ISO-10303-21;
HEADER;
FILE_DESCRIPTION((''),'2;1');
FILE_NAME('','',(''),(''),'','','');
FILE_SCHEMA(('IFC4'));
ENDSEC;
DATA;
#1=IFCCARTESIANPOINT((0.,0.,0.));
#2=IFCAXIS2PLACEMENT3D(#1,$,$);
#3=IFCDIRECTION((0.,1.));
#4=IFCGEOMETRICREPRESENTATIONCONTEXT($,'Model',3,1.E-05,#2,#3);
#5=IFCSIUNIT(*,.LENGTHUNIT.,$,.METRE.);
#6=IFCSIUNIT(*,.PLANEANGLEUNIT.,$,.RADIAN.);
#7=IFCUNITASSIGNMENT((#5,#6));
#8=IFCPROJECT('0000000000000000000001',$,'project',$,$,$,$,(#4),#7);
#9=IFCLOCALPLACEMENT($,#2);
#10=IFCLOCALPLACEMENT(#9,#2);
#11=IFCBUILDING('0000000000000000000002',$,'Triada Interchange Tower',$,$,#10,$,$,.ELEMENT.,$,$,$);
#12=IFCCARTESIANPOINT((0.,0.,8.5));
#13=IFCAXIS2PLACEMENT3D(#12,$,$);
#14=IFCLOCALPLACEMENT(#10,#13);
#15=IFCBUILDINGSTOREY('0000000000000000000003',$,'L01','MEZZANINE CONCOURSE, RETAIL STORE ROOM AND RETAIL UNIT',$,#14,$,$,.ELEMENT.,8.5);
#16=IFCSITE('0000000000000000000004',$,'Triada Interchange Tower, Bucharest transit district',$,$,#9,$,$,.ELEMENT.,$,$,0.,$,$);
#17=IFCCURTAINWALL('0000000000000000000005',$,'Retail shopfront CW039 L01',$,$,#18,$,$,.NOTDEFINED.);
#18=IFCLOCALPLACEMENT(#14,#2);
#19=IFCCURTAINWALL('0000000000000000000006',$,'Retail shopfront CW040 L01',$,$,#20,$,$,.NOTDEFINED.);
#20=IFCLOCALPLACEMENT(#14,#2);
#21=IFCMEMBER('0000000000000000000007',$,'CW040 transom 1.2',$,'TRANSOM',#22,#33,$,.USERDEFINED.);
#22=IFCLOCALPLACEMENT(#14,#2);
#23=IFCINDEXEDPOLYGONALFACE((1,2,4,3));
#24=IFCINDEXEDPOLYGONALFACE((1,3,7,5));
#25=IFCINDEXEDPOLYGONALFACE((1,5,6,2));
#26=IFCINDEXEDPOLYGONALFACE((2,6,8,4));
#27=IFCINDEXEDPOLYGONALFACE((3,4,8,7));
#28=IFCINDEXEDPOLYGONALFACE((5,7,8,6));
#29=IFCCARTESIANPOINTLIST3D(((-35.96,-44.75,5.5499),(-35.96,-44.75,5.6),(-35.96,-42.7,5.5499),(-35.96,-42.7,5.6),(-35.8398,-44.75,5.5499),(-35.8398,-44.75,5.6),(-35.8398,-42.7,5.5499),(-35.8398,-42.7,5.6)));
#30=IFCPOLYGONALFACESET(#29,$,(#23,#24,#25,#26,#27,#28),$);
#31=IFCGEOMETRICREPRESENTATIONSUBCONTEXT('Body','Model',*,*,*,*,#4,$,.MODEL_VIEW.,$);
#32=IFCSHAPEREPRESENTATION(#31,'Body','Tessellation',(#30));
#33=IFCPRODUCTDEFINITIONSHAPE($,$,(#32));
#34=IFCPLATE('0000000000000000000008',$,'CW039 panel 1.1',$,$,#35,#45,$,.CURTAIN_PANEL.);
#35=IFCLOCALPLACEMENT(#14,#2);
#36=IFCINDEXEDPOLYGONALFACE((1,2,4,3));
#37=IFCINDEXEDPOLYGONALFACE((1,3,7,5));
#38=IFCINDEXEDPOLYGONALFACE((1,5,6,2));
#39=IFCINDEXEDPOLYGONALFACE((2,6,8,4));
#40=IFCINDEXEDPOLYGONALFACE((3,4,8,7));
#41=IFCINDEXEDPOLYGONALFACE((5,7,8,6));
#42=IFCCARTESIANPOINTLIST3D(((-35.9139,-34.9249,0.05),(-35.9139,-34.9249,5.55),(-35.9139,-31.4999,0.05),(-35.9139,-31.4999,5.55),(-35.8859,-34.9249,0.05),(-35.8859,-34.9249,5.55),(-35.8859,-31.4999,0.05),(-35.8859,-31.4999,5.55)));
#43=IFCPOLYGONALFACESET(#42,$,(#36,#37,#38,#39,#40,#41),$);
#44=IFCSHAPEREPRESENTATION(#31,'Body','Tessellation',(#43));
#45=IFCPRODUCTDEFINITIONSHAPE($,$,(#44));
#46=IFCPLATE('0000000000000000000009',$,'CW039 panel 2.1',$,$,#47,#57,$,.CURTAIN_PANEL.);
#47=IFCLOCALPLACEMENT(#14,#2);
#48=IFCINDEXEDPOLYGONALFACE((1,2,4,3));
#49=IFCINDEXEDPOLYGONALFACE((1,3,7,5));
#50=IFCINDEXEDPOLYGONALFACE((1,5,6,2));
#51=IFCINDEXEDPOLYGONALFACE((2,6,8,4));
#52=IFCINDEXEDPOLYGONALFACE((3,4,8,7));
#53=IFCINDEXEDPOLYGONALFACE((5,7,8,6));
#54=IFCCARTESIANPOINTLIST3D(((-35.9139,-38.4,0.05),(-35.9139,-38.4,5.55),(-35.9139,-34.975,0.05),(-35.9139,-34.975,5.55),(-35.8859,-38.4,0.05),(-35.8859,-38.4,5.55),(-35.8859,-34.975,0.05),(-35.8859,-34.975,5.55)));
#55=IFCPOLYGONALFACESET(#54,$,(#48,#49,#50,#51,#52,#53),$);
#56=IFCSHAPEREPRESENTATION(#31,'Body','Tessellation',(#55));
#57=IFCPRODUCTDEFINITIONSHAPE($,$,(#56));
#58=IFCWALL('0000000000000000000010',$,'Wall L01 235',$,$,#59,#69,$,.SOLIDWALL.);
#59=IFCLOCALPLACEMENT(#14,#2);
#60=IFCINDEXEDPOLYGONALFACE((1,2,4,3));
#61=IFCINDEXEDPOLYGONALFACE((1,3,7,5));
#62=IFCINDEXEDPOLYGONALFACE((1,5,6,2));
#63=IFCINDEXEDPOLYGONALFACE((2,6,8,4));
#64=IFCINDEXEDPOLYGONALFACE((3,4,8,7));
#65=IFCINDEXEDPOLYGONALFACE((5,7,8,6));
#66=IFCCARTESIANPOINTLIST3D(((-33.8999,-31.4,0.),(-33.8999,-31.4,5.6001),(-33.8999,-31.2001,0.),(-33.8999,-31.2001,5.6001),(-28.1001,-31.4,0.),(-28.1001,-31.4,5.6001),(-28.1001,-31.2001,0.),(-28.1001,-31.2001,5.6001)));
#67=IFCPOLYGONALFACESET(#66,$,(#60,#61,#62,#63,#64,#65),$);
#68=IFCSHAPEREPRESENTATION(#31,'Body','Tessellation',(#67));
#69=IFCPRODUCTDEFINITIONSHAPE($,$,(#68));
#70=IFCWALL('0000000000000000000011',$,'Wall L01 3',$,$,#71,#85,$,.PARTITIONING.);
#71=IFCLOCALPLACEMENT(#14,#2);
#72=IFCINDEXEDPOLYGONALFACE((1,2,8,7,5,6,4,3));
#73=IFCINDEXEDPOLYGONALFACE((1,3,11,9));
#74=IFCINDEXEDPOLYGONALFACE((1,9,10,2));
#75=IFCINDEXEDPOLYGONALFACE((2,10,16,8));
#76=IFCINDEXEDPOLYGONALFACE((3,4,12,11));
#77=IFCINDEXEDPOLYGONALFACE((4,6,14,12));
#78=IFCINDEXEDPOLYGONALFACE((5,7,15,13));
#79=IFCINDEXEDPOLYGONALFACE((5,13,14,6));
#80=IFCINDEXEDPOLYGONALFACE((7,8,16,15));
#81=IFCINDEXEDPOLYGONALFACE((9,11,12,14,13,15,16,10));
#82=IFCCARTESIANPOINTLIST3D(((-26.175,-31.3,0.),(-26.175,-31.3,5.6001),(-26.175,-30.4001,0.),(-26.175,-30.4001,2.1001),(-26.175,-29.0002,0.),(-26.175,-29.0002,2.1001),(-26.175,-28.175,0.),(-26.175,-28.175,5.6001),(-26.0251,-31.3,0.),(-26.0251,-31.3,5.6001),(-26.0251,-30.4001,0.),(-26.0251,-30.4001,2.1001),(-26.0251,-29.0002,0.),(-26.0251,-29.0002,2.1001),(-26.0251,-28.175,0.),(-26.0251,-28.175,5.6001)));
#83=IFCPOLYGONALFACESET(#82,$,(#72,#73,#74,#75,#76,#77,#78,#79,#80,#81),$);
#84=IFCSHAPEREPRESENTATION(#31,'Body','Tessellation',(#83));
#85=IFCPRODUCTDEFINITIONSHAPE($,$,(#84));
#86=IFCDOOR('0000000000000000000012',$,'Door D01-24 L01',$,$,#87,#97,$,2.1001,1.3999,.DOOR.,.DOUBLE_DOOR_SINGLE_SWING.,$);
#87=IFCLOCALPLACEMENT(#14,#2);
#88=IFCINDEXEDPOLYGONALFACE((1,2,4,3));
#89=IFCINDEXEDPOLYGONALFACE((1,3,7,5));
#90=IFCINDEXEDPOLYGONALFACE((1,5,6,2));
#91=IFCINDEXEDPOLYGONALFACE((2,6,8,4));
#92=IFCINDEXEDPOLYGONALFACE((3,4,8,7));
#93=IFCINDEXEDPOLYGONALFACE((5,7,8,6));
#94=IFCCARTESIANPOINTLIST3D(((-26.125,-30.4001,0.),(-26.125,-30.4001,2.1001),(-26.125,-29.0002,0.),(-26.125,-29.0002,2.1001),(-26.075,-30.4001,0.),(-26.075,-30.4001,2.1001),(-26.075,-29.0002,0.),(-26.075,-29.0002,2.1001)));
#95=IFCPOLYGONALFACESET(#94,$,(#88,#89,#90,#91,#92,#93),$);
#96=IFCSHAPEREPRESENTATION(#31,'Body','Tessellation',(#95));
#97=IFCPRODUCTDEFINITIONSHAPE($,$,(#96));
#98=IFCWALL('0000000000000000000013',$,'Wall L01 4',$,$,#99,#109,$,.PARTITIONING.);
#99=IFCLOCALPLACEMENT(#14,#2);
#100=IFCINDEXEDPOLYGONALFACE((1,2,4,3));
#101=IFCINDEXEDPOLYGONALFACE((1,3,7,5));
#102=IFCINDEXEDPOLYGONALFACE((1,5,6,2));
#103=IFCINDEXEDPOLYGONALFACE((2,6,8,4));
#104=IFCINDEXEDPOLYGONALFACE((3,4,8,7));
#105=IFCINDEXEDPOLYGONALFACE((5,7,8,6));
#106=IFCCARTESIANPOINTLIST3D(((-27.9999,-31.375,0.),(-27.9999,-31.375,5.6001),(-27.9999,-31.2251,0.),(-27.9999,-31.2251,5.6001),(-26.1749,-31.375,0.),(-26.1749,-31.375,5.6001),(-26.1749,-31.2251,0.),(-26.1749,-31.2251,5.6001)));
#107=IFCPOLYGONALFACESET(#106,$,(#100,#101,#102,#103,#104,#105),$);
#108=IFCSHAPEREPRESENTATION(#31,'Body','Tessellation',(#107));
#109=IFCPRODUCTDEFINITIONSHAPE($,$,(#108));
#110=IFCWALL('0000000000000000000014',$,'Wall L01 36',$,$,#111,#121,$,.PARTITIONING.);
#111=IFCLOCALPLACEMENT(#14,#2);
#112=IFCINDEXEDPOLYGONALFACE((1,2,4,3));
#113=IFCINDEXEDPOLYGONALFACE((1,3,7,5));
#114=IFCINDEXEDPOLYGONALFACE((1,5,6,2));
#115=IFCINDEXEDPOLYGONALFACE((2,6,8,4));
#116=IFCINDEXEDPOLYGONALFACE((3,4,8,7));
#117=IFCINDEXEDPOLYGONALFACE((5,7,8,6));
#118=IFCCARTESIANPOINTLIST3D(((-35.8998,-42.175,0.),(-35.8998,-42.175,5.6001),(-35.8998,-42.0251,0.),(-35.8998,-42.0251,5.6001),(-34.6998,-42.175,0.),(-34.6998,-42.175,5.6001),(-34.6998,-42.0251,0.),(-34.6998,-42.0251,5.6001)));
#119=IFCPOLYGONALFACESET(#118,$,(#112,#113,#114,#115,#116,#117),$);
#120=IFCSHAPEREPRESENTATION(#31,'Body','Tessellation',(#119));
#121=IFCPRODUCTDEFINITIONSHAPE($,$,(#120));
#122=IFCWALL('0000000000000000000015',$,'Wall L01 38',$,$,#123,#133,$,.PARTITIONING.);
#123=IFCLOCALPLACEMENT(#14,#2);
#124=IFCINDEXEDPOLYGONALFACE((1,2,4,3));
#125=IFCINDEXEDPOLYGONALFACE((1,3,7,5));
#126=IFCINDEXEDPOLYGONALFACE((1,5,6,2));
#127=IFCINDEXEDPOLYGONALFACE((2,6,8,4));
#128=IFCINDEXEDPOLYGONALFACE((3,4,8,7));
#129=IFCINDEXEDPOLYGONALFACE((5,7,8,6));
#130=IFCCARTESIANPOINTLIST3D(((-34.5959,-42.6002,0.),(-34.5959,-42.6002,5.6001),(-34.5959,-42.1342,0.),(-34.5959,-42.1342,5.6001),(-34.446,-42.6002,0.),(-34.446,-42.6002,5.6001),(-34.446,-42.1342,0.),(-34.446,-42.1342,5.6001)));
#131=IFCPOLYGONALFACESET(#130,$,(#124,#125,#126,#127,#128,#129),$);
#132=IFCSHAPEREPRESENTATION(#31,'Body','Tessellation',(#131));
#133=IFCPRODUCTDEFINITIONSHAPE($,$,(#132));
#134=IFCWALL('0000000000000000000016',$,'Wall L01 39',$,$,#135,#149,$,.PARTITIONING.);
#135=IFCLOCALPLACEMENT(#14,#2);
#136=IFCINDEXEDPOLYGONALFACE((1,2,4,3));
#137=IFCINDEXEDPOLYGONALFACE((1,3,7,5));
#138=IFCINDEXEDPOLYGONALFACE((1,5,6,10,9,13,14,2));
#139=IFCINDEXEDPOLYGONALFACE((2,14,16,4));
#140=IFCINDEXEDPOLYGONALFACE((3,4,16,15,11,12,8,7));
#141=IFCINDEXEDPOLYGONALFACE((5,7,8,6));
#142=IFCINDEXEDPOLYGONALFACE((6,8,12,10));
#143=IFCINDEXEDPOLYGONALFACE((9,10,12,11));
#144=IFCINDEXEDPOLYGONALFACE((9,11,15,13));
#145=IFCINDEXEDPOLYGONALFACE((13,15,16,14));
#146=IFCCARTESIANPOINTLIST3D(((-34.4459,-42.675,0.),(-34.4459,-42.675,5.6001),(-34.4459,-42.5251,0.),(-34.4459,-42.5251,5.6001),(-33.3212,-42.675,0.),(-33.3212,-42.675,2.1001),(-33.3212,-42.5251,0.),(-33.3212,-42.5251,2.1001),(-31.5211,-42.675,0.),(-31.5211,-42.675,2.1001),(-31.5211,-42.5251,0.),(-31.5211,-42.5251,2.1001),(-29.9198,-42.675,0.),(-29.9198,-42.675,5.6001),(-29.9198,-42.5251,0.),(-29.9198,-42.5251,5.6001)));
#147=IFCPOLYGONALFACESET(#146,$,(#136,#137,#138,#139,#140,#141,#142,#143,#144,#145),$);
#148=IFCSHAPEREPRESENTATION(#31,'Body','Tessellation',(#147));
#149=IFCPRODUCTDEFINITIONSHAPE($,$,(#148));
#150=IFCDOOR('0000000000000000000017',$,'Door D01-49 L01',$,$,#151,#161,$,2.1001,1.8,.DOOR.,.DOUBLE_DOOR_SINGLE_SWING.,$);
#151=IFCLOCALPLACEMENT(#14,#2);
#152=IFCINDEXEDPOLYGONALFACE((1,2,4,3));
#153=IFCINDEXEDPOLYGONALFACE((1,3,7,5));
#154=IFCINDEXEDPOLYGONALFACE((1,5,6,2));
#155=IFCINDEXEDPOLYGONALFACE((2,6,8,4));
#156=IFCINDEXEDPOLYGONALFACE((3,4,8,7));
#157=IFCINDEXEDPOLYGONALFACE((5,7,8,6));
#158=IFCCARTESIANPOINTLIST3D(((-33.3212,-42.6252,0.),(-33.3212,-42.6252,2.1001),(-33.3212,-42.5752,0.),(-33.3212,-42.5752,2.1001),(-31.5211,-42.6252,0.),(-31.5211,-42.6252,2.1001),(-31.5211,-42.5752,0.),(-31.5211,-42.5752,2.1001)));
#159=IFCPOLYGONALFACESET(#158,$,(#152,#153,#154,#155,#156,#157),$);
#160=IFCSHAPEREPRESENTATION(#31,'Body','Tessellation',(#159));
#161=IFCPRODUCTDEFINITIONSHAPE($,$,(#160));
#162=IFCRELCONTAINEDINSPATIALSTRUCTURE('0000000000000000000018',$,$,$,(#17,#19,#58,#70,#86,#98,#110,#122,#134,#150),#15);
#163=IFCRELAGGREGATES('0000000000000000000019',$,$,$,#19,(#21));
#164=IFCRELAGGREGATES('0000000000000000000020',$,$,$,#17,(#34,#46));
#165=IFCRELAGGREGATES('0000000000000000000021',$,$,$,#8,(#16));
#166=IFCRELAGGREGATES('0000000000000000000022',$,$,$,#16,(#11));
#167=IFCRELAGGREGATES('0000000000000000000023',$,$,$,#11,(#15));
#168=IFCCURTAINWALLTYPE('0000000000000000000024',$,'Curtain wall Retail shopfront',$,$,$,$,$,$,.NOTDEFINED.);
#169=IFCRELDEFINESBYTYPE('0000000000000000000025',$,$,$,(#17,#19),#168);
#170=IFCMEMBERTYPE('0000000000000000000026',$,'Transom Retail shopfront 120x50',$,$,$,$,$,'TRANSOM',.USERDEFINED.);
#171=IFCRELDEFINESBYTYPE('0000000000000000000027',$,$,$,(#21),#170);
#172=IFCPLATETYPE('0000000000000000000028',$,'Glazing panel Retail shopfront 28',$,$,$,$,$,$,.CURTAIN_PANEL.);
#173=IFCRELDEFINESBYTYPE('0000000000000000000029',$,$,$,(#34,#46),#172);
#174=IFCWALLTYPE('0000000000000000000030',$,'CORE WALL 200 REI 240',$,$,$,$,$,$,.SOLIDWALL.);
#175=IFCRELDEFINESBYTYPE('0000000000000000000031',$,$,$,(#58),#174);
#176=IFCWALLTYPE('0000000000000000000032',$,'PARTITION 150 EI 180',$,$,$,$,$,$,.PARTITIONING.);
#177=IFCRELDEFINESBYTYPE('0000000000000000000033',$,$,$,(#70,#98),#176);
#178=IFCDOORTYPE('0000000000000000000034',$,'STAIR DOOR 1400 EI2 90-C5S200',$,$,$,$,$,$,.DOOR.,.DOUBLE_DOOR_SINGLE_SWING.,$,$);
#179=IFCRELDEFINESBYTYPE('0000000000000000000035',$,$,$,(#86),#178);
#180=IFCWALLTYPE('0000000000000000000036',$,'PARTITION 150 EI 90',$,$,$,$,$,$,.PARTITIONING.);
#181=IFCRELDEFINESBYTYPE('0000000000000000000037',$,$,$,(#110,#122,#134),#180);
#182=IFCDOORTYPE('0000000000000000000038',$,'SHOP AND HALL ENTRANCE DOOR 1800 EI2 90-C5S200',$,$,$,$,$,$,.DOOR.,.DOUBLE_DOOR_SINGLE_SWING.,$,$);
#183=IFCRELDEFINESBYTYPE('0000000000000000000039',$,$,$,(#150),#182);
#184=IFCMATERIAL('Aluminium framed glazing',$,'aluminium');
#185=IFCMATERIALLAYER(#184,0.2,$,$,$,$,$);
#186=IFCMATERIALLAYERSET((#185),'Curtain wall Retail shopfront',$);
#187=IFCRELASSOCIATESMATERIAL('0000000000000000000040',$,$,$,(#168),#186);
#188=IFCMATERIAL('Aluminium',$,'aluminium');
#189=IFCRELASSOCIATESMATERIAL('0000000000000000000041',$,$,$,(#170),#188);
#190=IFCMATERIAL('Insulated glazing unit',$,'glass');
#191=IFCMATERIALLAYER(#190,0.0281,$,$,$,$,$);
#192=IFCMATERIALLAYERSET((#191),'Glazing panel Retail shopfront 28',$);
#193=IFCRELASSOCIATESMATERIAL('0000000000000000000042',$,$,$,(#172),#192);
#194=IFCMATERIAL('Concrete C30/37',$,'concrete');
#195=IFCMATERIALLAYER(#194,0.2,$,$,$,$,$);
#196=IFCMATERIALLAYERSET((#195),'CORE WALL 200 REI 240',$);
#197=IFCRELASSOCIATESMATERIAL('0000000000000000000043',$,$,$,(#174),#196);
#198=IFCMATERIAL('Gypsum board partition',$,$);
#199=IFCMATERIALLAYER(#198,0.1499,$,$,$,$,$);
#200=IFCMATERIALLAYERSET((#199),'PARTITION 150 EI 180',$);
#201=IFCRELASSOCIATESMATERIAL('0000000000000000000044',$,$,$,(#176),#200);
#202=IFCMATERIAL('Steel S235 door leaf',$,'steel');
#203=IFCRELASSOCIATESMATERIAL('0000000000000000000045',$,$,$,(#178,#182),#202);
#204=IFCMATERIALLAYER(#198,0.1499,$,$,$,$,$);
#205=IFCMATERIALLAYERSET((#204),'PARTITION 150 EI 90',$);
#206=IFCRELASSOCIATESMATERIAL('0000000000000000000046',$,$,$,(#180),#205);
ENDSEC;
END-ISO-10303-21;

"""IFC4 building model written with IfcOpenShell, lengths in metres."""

from ifc_helpers import new_model, si_unit, direction, frame, frame_2d, origin, origin_2d, place, context, subcontext, project, spatial, rectangle, extrude, material, layer, layer_set, material_profile, profile_set, type_object, element, fill, aggregate, save


model = new_model("IFC4")

# Units and contexts
model_context = context("Model", 3, precision=1e-05, world=origin(), true_north=direction((0.0, 1.0)))
body_context = subcontext(model_context, "Body", "Model", "MODEL_VIEW")
ifc_project = project(units=[si_unit("LENGTHUNIT", "METRE"), si_unit("PLANEANGLEUNIT", "RADIAN")], contexts=[model_context])

# Site, building, storey
site_placement = place(None, origin())
site = spatial("IfcSite", under=ifc_project, at=site_placement, Name="Triada Interchange Tower, Bucharest transit district", CompositionType="ELEMENT", RefElevation=0.0)
building_placement = place(site_placement, origin())
building = spatial("IfcBuilding", under=site, at=building_placement, Name="Triada Interchange Tower", CompositionType="ELEMENT")
storey_placement = place(building_placement, frame((0.0, 0.0, 8.5)))
storey = spatial("IfcBuildingStorey", under=building, at=storey_placement, Name="L01", Description="MEZZANINE CONCOURSE, RETAIL STORE ROOM AND RETAIL UNIT", CompositionType="ELEMENT", Elevation=8.5)

# Curtain wall
ifc_material_1 = material(Name="Aluminium framed glazing", Category="aluminium")
ifc_layer_1 = layer(ifc_material_1, 0.2)
ifc_layer_set_1 = layer_set([ifc_layer_1], Name="Curtain wall Retail shopfront")
curtain_wall_type = type_object("IfcCurtainWallType", Name="Curtain wall Retail shopfront", PredefinedType="NOTDEFINED", material=ifc_layer_set_1)
curtain_wall_1_placement = place(storey_placement, origin())
curtain_wall_1 = element("IfcCurtainWall", 1, at=curtain_wall_1_placement, inside=storey, type_object=curtain_wall_type, Name="Retail shopfront CW039 L01", PredefinedType="NOTDEFINED")
ifc_material_2 = material(Name="Aluminium", Category="aluminium")

# Curtain wall
curtain_wall_2_placement = place(storey_placement, origin())
curtain_wall_2 = element("IfcCurtainWall", 2, at=curtain_wall_2_placement, inside=storey, type_object=curtain_wall_type, Name="Retail shopfront CW040 L01", PredefinedType="NOTDEFINED")

# Member
ifc_material_profile_1 = material_profile(ifc_material_2, rectangle(XDim=0.1201, YDim=0.05, at=origin_2d()), Name="Aluminium transom")
ifc_profile_set_1 = profile_set([ifc_material_profile_1], Name="Aluminium")
member_type_1 = type_object("IfcMemberType", Name="Transom Retail shopfront 120x50", ElementType="TRANSOM", PredefinedType="USERDEFINED", material=ifc_profile_set_1)
member_1_placement = place(storey_placement, frame((-35.8999, -42.7, 5.575), z_axis=(0.0, -1.0, 0.0), x_axis=(1.0, 0.0, 0.0)))
member_1 = element("IfcMember", 3, at=member_1_placement, type_object=member_type_1, Name="CW040 transom 1.2", ObjectType="TRANSOM", PredefinedType="USERDEFINED", context=body_context, shape_type="SweptSolid", body=[
    extrude(rectangle(XDim=0.1201, YDim=0.05, at=origin_2d()), origin(), (0.0, 0.0, 1.0), 2.05),
])
aggregate(curtain_wall_2, [member_1])

# Plates
ifc_material_3 = material(Name="Insulated glazing unit", Category="glass")
ifc_layer_2 = layer(ifc_material_3, 0.0281)
ifc_layer_set_2 = layer_set([ifc_layer_2], Name="Glazing panel Retail shopfront 28")
plate_type = type_object("IfcPlateType", Name="Glazing panel Retail shopfront 28", PredefinedType="CURTAIN_PANEL", material=ifc_layer_set_2)
plate_1_placement = place(storey_placement, frame((-35.8999, -33.2124, 0.05), z_axis=(0.0, 0.0, 1.0), x_axis=(0.0, -1.0, 0.0)))
plate_1 = element("IfcPlate", 4, at=plate_1_placement, type_object=plate_type, Name="CW039 panel 1.1", PredefinedType="CURTAIN_PANEL", context=body_context, shape_type="SweptSolid", body=[
    extrude(rectangle(XDim=3.425, YDim=0.0281, at=origin_2d()), origin(), (0.0, 0.0, 1.0), 5.5),
])
plate_2_placement = place(storey_placement, frame((-35.8999, -36.6875, 0.05), z_axis=(0.0, 0.0, 1.0), x_axis=(0.0, -1.0, 0.0)))
plate_2 = element("IfcPlate", 5, at=plate_2_placement, type_object=plate_type, Name="CW039 panel 2.1", PredefinedType="CURTAIN_PANEL", context=body_context, shape_type="SweptSolid", body=[
    extrude(rectangle(XDim=3.425, YDim=0.0281, at=origin_2d()), origin(), (0.0, 0.0, 1.0), 5.5),
])
aggregate(curtain_wall_1, [plate_1, plate_2])

# Wall
ifc_material_4 = material(Name="Concrete C30/37", Category="concrete")
ifc_layer_3 = layer(ifc_material_4, 0.2)
ifc_layer_set_3 = layer_set([ifc_layer_3], Name="CORE WALL 200 REI 240")
wall_type_1 = type_object("IfcWallType", Name="CORE WALL 200 REI 240", PredefinedType="SOLIDWALL", material=ifc_layer_set_3)
wall_1_placement = place(storey_placement, frame((-33.8999, -31.3, 0.0), z_axis=(0.0, 0.0, 1.0), x_axis=(1.0, 0.0, 0.0)))
element("IfcWall", 6, at=wall_1_placement, inside=storey, type_object=wall_type_1, Name="Wall L01 235", PredefinedType="SOLIDWALL", context=body_context, shape_type="SweptSolid", body=[
    extrude(rectangle(XDim=5.7998, YDim=0.2, at=frame_2d((2.8999, 0.0))), origin(), (0.0, 0.0, 1.0), 5.6001),
])

# Wall, opening, door
ifc_material_5 = material(Name="Gypsum board partition")
ifc_layer_4 = layer(ifc_material_5, 0.1499)
ifc_layer_set_4 = layer_set([ifc_layer_4], Name="PARTITION 150 EI 180")
wall_type_2 = type_object("IfcWallType", Name="PARTITION 150 EI 180", PredefinedType="PARTITIONING", material=ifc_layer_set_4)
wall_2_placement = place(storey_placement, frame((-26.1001, -31.3, 0.0), z_axis=(0.0, 0.0, 1.0), x_axis=(0.0, 1.0, 0.0)))
wall_2 = element("IfcWall", 7, at=wall_2_placement, inside=storey, type_object=wall_type_2, Name="Wall L01 3", PredefinedType="PARTITIONING", context=body_context, shape_type="SweptSolid", body=[
    extrude(rectangle(XDim=3.125, YDim=0.1499, at=frame_2d((1.5625, 0.0))), origin(), (0.0, 0.0, 1.0), 5.6001),
])
opening_1_placement = place(wall_2_placement, frame((0.8999, 0.0, 0.0)))
opening_1 = element("IfcOpeningElement", 8, at=opening_1_placement, cuts=wall_2, PredefinedType="OPENING", context=body_context, shape_type="SweptSolid", body=[
    extrude(rectangle(XDim=1.3999, YDim=2.1001, at=frame_2d((0.7, 1.05))), frame((0.0, 0.085, 0.0), z_axis=(0.0, -1.0, 0.0), x_axis=(1.0, 0.0, 0.0)), (0.0, 0.0, 1.0), 0.1699),
])
ifc_material_6 = material(Name="Steel S235 door leaf", Category="steel")
door_type_1 = type_object("IfcDoorType", Name="STAIR DOOR 1400 EI2 90-C5S200", OperationType="DOUBLE_DOOR_SINGLE_SWING", PredefinedType="DOOR", material=ifc_material_6)
door_1_placement = place(opening_1_placement, origin())
door_1 = element("IfcDoor", 9, at=door_1_placement, inside=storey, type_object=door_type_1, Name="Door D01-24 L01", OperationType="DOUBLE_DOOR_SINGLE_SWING", OverallHeight=2.1001, OverallWidth=1.3999, PredefinedType="DOOR", context=body_context, shape_type="SweptSolid", body=[
    extrude(rectangle(XDim=1.3999, YDim=2.1001, at=frame_2d((0.7, 1.05))), frame((0.0, 0.0249, 0.0), z_axis=(0.0, -1.0, 0.0), x_axis=(1.0, 0.0, 0.0)), (0.0, 0.0, 1.0), 0.05),
])
fill(opening_1, door_1)

# Walls
wall_3_placement = place(storey_placement, frame((-28.0, -31.3, 0.0), z_axis=(0.0, 0.0, 1.0), x_axis=(1.0, 0.0, 0.0)))
element("IfcWall", 10, at=wall_3_placement, inside=storey, type_object=wall_type_2, Name="Wall L01 4", PredefinedType="PARTITIONING", context=body_context, shape_type="SweptSolid", body=[
    extrude(rectangle(XDim=1.825, YDim=0.1499, at=frame_2d((0.9126, 0.0))), origin(), (0.0, 0.0, 1.0), 5.6001),
])
ifc_layer_5 = layer(ifc_material_5, 0.1499)
ifc_layer_set_5 = layer_set([ifc_layer_5], Name="PARTITION 150 EI 90")
wall_type_3 = type_object("IfcWallType", Name="PARTITION 150 EI 90", PredefinedType="PARTITIONING", material=ifc_layer_set_5)
wall_4_placement = place(storey_placement, frame((-35.8999, -42.1001, 0.0), z_axis=(0.0, 0.0, 1.0), x_axis=(1.0, 0.0, 0.0)))
element("IfcWall", 11, at=wall_4_placement, inside=storey, type_object=wall_type_3, Name="Wall L01 36", PredefinedType="PARTITIONING", context=body_context, shape_type="SweptSolid", body=[
    extrude(rectangle(XDim=1.2, YDim=0.1499, at=frame_2d((0.6001, 0.0))), origin(), (0.0, 0.0, 1.0), 5.6001),
])
wall_5_placement = place(storey_placement, frame((-34.521, -42.6001, 0.0), z_axis=(0.0, 0.0, 1.0), x_axis=(0.0, 1.0, 0.0)))
element("IfcWall", 12, at=wall_5_placement, inside=storey, type_object=wall_type_3, Name="Wall L01 38", PredefinedType="PARTITIONING", context=body_context, shape_type="SweptSolid", body=[
    extrude(rectangle(XDim=0.4661, YDim=0.1499, at=frame_2d((0.2329, 0.0))), origin(), (0.0, 0.0, 1.0), 5.6001),
])

# Wall, opening, door
wall_6_placement = place(storey_placement, frame((-34.446, -42.6001, 0.0), z_axis=(0.0, 0.0, 1.0), x_axis=(1.0, 0.0, 0.0)))
wall_6 = element("IfcWall", 13, at=wall_6_placement, inside=storey, type_object=wall_type_3, Name="Wall L01 39", PredefinedType="PARTITIONING", context=body_context, shape_type="SweptSolid", body=[
    extrude(rectangle(XDim=4.5261, YDim=0.1499, at=frame_2d((2.2632, 0.0))), origin(), (0.0, 0.0, 1.0), 5.6001),
])
opening_2_placement = place(wall_6_placement, frame((1.125, 0.0, 0.0)))
opening_2 = element("IfcOpeningElement", 14, at=opening_2_placement, cuts=wall_6, PredefinedType="OPENING", context=body_context, shape_type="SweptSolid", body=[
    extrude(rectangle(XDim=1.8, YDim=2.1001, at=frame_2d((0.8999, 1.05))), frame((0.0, 0.085, 0.0), z_axis=(0.0, -1.0, 0.0), x_axis=(1.0, 0.0, 0.0)), (0.0, 0.0, 1.0), 0.1699),
])
door_type_2 = type_object("IfcDoorType", Name="SHOP AND HALL ENTRANCE DOOR 1800 EI2 90-C5S200", OperationType="DOUBLE_DOOR_SINGLE_SWING", PredefinedType="DOOR", material=ifc_material_6)
door_2_placement = place(opening_2_placement, origin())
door_2 = element("IfcDoor", 15, at=door_2_placement, inside=storey, type_object=door_type_2, Name="Door D01-49 L01", OperationType="DOUBLE_DOOR_SINGLE_SWING", OverallHeight=2.1001, OverallWidth=1.8, PredefinedType="DOOR", context=body_context, shape_type="SweptSolid", body=[
    extrude(rectangle(XDim=1.8, YDim=2.1001, at=frame_2d((0.8999, 1.05))), frame((0.0, 0.0249, 0.0), z_axis=(0.0, -1.0, 0.0), x_axis=(1.0, 0.0, 0.0)), (0.0, 0.0, 1.0), 0.05),
])
fill(opening_2, door_2)

save(model, "model.ifc")
